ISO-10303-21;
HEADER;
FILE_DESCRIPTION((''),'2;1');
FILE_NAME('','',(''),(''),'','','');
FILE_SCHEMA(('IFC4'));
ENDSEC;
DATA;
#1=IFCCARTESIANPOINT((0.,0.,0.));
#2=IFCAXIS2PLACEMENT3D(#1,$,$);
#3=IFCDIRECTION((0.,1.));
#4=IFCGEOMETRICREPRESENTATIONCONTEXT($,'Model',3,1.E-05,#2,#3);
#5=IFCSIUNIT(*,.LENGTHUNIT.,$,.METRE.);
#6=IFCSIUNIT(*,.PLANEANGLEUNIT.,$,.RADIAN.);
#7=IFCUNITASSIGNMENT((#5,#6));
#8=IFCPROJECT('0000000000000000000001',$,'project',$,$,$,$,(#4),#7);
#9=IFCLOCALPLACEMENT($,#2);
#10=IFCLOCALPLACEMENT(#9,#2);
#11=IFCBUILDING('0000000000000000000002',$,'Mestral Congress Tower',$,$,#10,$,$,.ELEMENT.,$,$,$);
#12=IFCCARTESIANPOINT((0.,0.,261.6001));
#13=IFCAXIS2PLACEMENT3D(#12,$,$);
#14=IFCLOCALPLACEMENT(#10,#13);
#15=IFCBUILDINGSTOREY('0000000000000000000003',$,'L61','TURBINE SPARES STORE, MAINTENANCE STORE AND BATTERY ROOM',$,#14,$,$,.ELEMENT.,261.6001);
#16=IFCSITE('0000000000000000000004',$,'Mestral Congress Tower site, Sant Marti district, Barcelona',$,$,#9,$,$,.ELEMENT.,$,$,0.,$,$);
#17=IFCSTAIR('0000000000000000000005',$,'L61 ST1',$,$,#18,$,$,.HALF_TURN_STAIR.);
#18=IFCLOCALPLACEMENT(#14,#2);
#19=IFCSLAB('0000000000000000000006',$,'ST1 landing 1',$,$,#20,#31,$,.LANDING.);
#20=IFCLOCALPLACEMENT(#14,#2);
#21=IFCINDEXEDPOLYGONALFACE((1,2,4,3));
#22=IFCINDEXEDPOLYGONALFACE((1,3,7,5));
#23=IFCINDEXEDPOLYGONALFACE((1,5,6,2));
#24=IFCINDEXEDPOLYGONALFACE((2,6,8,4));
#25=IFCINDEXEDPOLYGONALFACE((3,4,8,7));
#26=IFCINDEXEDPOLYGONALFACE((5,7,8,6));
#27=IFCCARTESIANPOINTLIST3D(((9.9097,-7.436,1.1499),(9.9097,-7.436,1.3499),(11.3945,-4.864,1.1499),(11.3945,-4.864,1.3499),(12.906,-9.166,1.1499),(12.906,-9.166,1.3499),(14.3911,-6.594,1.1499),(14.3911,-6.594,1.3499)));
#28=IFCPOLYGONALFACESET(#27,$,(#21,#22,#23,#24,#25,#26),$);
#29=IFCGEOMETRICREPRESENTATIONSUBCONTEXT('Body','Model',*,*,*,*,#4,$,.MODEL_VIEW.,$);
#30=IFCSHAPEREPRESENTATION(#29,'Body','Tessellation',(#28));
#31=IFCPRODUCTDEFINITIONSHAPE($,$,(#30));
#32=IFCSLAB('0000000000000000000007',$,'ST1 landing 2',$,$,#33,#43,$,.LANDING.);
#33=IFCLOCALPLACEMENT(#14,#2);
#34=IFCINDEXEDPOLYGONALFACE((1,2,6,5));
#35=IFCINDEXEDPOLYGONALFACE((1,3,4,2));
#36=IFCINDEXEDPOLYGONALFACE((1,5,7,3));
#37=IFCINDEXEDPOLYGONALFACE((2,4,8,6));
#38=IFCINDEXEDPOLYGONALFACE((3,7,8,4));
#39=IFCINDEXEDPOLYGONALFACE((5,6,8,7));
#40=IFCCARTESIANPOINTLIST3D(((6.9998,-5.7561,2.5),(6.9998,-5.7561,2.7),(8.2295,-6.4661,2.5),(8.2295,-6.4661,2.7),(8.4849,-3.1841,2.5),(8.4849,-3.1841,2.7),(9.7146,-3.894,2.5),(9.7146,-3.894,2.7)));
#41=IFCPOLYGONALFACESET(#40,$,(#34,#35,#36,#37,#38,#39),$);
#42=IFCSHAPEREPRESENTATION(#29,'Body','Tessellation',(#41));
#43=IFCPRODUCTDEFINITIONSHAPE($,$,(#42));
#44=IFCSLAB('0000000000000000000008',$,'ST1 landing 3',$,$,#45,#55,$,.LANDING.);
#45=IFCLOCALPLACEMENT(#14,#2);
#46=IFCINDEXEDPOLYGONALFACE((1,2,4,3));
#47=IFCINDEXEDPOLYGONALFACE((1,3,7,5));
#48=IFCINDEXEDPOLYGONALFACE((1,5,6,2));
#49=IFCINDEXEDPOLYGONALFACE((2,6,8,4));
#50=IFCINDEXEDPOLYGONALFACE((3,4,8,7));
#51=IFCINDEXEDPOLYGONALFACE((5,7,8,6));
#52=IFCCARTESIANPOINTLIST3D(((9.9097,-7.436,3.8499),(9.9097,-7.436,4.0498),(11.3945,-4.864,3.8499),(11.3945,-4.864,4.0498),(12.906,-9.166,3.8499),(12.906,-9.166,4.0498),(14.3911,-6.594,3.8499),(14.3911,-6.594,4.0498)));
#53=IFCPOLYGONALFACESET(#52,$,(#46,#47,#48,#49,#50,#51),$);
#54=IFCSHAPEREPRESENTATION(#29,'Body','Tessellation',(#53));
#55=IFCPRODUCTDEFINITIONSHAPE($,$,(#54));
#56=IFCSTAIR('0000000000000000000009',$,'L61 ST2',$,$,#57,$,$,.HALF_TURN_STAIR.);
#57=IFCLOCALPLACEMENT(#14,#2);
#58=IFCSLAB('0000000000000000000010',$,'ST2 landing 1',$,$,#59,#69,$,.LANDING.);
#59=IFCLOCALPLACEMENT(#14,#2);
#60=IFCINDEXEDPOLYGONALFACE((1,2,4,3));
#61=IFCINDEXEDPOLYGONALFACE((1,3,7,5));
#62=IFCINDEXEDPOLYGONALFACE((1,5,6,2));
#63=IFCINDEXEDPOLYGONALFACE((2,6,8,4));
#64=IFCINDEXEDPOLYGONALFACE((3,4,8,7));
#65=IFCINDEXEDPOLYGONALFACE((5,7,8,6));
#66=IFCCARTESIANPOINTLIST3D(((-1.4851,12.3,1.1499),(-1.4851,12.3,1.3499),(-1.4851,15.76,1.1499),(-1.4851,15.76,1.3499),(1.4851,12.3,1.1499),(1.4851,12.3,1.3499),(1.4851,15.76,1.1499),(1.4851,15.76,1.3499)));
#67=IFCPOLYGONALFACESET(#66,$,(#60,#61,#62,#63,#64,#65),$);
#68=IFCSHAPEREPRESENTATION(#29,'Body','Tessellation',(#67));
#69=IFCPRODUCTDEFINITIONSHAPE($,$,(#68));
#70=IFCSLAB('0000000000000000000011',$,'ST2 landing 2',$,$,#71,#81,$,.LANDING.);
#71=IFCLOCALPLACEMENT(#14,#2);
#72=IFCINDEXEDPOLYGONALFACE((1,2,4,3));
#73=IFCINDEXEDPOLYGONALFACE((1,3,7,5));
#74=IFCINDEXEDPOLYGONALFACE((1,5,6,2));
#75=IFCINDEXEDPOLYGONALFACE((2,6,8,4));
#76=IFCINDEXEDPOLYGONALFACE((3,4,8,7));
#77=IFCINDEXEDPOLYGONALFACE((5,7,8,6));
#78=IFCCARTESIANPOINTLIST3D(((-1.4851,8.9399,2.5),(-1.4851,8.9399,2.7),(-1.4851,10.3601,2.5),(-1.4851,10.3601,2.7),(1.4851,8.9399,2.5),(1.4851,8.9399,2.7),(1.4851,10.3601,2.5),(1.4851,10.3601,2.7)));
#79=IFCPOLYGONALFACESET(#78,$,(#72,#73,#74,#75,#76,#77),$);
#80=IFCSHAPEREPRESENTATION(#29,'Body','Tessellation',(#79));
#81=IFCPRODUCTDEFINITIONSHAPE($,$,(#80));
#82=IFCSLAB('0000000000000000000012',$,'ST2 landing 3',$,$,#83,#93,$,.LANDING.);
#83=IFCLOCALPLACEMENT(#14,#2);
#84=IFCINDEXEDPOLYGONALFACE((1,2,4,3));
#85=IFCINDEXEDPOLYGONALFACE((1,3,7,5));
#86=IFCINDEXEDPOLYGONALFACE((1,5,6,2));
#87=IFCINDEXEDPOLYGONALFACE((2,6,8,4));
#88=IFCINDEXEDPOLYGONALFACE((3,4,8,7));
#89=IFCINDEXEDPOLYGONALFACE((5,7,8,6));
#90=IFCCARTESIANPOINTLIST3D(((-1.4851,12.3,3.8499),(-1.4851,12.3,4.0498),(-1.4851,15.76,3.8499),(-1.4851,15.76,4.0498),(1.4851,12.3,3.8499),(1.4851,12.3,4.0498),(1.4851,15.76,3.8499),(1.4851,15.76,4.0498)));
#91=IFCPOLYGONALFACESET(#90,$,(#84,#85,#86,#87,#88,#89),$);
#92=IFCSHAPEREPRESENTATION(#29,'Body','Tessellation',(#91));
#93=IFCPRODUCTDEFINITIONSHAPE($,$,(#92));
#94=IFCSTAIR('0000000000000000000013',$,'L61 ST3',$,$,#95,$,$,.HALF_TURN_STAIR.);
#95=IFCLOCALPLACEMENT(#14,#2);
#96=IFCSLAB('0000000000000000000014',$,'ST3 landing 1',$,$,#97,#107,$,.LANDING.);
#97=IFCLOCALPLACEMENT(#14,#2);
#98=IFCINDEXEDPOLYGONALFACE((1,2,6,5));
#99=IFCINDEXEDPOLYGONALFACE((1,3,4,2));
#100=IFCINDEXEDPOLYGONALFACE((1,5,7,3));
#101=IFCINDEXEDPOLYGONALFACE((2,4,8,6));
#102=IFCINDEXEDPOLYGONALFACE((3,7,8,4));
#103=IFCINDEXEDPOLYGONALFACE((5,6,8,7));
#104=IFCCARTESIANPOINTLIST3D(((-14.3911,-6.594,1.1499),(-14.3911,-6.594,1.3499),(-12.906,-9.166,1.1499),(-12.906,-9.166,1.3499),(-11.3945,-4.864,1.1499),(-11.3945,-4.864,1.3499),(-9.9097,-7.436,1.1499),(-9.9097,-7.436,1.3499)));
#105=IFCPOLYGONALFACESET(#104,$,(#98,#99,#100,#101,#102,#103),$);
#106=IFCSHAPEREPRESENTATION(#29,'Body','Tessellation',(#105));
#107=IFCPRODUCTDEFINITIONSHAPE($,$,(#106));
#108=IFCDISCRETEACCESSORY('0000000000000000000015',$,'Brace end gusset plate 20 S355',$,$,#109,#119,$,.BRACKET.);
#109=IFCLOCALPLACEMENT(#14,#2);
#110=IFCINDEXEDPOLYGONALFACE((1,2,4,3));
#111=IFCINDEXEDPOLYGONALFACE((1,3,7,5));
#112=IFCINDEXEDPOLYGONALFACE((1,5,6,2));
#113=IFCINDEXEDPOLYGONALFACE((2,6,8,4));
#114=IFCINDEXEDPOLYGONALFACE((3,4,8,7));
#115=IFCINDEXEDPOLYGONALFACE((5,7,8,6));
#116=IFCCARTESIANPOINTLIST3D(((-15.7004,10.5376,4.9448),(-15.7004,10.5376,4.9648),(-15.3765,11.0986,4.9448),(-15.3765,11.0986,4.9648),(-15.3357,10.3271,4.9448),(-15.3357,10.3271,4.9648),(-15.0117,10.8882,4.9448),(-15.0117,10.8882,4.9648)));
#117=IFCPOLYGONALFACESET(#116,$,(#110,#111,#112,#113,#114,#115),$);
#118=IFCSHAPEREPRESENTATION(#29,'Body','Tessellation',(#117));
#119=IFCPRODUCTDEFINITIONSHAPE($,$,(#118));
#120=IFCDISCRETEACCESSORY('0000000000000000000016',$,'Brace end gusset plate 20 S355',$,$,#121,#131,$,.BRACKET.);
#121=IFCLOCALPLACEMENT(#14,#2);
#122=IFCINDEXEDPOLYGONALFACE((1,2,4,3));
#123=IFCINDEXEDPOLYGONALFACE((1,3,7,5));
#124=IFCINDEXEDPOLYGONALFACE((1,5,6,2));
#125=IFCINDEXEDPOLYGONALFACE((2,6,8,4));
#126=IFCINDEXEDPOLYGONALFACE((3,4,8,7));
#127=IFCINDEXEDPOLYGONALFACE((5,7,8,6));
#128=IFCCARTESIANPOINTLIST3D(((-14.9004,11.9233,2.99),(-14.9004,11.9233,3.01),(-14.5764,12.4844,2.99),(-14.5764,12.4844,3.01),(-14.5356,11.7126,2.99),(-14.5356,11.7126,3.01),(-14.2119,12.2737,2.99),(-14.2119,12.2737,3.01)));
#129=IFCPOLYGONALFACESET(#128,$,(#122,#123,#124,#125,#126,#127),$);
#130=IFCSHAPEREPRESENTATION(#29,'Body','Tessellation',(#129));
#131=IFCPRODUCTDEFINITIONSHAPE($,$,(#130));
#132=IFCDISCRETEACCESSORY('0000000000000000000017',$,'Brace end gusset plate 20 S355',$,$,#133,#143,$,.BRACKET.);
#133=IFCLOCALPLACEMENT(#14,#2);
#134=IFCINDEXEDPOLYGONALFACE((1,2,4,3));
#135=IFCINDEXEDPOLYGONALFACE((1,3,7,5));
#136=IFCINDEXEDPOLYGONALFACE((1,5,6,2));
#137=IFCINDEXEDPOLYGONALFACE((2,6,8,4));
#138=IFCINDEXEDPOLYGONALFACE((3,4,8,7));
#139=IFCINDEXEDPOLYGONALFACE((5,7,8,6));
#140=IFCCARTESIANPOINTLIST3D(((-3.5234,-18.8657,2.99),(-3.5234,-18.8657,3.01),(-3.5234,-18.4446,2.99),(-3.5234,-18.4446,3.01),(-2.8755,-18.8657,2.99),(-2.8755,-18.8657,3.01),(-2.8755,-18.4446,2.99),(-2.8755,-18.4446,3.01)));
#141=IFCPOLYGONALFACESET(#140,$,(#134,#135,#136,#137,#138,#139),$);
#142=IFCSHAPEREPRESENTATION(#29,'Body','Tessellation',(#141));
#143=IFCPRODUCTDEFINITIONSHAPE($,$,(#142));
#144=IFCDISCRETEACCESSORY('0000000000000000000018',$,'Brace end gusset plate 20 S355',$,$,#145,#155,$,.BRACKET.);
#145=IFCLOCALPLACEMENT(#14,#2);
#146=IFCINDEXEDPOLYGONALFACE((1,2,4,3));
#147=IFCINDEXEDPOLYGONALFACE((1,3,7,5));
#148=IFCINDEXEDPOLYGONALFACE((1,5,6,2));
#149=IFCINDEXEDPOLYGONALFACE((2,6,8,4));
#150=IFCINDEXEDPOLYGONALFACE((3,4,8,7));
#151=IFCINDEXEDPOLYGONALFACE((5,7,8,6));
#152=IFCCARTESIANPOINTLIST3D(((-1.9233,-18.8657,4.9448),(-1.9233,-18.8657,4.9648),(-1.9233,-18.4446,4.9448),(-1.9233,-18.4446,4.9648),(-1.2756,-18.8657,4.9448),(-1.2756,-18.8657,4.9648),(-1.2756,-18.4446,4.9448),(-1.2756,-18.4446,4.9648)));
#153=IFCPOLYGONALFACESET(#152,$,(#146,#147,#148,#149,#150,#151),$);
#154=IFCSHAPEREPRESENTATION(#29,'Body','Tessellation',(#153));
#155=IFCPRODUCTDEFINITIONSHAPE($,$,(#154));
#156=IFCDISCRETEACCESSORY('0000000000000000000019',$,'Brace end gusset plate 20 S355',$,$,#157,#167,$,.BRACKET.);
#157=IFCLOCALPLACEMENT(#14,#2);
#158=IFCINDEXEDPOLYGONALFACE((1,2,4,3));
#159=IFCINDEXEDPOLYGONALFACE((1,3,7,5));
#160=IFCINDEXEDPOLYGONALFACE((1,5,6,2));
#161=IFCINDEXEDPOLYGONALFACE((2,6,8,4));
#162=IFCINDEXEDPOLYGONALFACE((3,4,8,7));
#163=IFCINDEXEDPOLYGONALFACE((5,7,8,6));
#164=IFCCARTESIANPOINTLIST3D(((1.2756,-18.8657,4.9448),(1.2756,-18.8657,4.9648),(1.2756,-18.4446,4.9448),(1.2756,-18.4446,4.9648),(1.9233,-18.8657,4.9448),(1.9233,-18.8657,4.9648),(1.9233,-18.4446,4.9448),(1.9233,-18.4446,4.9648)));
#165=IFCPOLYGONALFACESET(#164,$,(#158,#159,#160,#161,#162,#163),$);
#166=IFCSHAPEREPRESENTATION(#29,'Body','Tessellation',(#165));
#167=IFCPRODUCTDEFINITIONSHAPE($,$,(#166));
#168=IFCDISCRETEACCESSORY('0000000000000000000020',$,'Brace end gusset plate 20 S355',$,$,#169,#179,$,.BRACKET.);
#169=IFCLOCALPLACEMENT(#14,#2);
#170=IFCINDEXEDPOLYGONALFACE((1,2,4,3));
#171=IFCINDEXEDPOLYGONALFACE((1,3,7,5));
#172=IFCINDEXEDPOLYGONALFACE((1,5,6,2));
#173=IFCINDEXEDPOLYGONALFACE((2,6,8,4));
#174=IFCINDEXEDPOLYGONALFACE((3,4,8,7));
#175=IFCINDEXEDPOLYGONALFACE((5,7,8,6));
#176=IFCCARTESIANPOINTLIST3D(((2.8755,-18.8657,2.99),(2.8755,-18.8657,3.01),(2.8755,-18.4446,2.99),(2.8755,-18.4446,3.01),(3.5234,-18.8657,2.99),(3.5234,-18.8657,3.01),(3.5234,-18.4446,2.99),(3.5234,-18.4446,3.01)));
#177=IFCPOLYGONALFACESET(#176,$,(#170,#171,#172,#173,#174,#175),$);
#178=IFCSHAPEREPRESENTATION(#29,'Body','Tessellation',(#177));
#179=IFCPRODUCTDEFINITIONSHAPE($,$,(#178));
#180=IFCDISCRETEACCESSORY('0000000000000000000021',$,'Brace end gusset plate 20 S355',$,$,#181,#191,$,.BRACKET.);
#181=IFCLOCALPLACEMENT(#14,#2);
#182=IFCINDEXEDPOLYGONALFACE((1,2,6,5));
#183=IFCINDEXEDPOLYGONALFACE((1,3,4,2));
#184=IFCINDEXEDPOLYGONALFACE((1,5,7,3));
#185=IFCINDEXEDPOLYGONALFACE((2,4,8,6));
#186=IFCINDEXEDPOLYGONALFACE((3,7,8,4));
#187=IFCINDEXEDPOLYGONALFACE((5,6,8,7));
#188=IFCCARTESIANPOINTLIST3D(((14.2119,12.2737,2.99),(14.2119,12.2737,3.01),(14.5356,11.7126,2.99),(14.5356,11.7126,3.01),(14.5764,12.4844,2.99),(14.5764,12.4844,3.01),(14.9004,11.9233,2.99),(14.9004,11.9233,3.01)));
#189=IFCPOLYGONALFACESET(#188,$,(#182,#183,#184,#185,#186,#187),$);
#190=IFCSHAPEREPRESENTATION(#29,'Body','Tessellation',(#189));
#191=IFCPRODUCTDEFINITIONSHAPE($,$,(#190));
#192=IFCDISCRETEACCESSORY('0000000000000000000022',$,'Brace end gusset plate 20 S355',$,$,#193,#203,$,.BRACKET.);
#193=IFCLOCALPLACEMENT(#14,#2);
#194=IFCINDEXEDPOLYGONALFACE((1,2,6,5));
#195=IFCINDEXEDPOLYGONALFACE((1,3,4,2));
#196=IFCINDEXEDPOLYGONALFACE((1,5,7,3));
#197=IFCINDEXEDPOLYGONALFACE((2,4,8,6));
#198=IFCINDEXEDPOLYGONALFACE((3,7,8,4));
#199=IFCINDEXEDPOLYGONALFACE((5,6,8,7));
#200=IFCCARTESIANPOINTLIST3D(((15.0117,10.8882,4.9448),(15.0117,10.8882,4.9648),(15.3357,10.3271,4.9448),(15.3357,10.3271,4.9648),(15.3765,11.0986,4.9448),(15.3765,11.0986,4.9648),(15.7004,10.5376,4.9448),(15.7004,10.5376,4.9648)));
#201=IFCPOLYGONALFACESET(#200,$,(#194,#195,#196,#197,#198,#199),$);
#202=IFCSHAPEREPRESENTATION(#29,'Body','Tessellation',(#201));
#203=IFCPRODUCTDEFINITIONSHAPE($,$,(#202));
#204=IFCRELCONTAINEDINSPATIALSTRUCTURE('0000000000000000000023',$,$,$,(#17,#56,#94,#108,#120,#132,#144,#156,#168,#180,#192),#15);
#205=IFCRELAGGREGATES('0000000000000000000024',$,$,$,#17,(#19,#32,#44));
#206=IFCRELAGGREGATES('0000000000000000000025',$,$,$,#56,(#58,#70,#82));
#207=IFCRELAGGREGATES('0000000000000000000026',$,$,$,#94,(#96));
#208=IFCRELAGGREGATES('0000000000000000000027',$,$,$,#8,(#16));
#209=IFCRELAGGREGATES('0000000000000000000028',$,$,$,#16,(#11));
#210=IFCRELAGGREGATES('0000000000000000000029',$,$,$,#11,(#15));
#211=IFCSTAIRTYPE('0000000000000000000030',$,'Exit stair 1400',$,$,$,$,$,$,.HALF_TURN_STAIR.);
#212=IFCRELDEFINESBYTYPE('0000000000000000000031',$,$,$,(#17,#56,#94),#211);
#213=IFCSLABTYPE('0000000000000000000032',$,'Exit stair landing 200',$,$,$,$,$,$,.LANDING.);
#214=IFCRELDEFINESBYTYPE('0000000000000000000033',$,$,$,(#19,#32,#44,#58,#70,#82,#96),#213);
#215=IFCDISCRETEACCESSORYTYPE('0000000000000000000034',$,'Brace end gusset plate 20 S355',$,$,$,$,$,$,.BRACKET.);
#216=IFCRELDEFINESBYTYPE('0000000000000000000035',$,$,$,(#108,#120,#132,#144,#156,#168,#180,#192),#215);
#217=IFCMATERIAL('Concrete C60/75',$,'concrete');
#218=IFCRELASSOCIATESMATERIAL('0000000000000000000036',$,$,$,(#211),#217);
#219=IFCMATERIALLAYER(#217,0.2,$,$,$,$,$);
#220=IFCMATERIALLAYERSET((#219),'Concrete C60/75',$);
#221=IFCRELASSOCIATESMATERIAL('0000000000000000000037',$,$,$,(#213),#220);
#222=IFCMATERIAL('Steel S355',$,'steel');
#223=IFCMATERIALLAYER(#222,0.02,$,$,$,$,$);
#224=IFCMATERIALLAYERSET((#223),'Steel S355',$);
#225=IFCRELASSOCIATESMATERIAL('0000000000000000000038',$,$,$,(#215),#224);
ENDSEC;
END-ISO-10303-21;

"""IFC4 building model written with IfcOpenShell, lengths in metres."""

from ifc_helpers import new_model, si_unit, direction, frame, origin, place, context, subcontext, project, spatial, polyline, outline, extrude, material, layer, layer_set, type_object, element, aggregate, save


model = new_model("IFC4")

# Units and contexts
model_context = context("Model", 3, precision=1e-05, world=origin(), true_north=direction((0.0, 1.0)))
body_context = subcontext(model_context, "Body", "Model", "MODEL_VIEW")
ifc_project = project(units=[si_unit("LENGTHUNIT", "METRE"), si_unit("PLANEANGLEUNIT", "RADIAN")], contexts=[model_context])

# Site, building, storey
site_placement = place(None, origin())
site = spatial("IfcSite", under=ifc_project, at=site_placement, Name="Mestral Congress Tower site, Sant Marti district, Barcelona", CompositionType="ELEMENT", RefElevation=0.0)
building_placement = place(site_placement, origin())
building = spatial("IfcBuilding", under=site, at=building_placement, Name="Mestral Congress Tower", CompositionType="ELEMENT")
storey_placement = place(building_placement, frame((0.0, 0.0, 261.6001)))
storey = spatial("IfcBuildingStorey", under=building, at=storey_placement, Name="L61", Description="TURBINE SPARES STORE, MAINTENANCE STORE AND BATTERY ROOM", CompositionType="ELEMENT", Elevation=261.6001)

# Stairs, slabs
ifc_material_1 = material(Name="Concrete C60/75", Category="concrete")
stair_type = type_object("IfcStairType", Name="Exit stair 1400", PredefinedType="HALF_TURN_STAIR", material=ifc_material_1)
placement_1 = place(storey_placement, origin())
stair_1 = element("IfcStair", 1, at=placement_1, inside=storey, type_object=stair_type, Name="L61 ST1", PredefinedType="HALF_TURN_STAIR")
ifc_layer_1 = layer(ifc_material_1, 0.2)
ifc_layer_set_1 = layer_set([ifc_layer_1], Name="Concrete C60/75")
slab_type = type_object("IfcSlabType", Name="Exit stair landing 200", PredefinedType="LANDING", material=ifc_layer_set_1)
placement_2 = place(storey_placement, frame((0.0, 0.0, 1.1499)))
slab_1 = element("IfcSlab", 2, at=placement_2, type_object=slab_type, Name="ST1 landing 1", PredefinedType="LANDING", context=body_context, shape_type="SweptSolid", body=[
    extrude(outline(polyline([(9.9097, -7.436), (11.3945, -4.864), (14.3911, -6.594), (12.906, -9.166), (9.9097, -7.436)])), origin(), (0.0, 0.0, 1.0), 0.2),
])
placement_3 = place(storey_placement, frame((0.0, 0.0, 2.5)))
slab_2 = element("IfcSlab", 3, at=placement_3, type_object=slab_type, Name="ST1 landing 2", PredefinedType="LANDING", context=body_context, shape_type="SweptSolid", body=[
    extrude(outline(polyline([(6.9998, -5.7561), (8.4849, -3.1841), (9.7146, -3.894), (8.2295, -6.4661), (6.9998, -5.7561)])), origin(), (0.0, 0.0, 1.0), 0.2),
])
placement_4 = place(storey_placement, frame((0.0, 0.0, 3.8499)))
slab_3 = element("IfcSlab", 4, at=placement_4, type_object=slab_type, Name="ST1 landing 3", PredefinedType="LANDING", context=body_context, shape_type="SweptSolid", body=[
    extrude(outline(polyline([(9.9097, -7.436), (11.3945, -4.864), (14.3911, -6.594), (12.906, -9.166), (9.9097, -7.436)])), origin(), (0.0, 0.0, 1.0), 0.2),
])
aggregate(stair_1, [slab_1, slab_2, slab_3])
stair_2 = element("IfcStair", 5, at=placement_1, inside=storey, type_object=stair_type, Name="L61 ST2", PredefinedType="HALF_TURN_STAIR")
slab_4 = element("IfcSlab", 6, at=placement_2, type_object=slab_type, Name="ST2 landing 1", PredefinedType="LANDING", context=body_context, shape_type="SweptSolid", body=[
    extrude(outline(polyline([(1.4851, 12.3), (-1.4851, 12.3), (-1.4851, 15.76), (1.4851, 15.76), (1.4851, 12.3)])), origin(), (0.0, 0.0, 1.0), 0.2),
])
slab_5 = element("IfcSlab", 7, at=placement_3, type_object=slab_type, Name="ST2 landing 2", PredefinedType="LANDING", context=body_context, shape_type="SweptSolid", body=[
    extrude(outline(polyline([(1.4851, 8.9399), (-1.4851, 8.9399), (-1.4851, 10.3601), (1.4851, 10.3601), (1.4851, 8.9399)])), origin(), (0.0, 0.0, 1.0), 0.2),
])
slab_6 = element("IfcSlab", 8, at=placement_4, type_object=slab_type, Name="ST2 landing 3", PredefinedType="LANDING", context=body_context, shape_type="SweptSolid", body=[
    extrude(outline(polyline([(1.4851, 12.3), (-1.4851, 12.3), (-1.4851, 15.76), (1.4851, 15.76), (1.4851, 12.3)])), origin(), (0.0, 0.0, 1.0), 0.2),
])
aggregate(stair_2, [slab_4, slab_5, slab_6])

# Stair, slab
stair_3 = element("IfcStair", 9, at=placement_1, inside=storey, type_object=stair_type, Name="L61 ST3", PredefinedType="HALF_TURN_STAIR")
slab_7 = element("IfcSlab", 10, at=placement_2, type_object=slab_type, Name="ST3 landing 1", PredefinedType="LANDING", context=body_context, shape_type="SweptSolid", body=[
    extrude(outline(polyline([(-11.3945, -4.864), (-9.9097, -7.436), (-12.906, -9.166), (-14.3911, -6.594), (-11.3945, -4.864)])), origin(), (0.0, 0.0, 1.0), 0.2),
])
aggregate(stair_3, [slab_7])

# Discrete accessories
ifc_material_2 = material(Name="Steel S355", Category="steel")
ifc_layer_2 = layer(ifc_material_2, 0.02)
ifc_layer_set_2 = layer_set([ifc_layer_2], Name="Steel S355")
discrete_accessory_type = type_object("IfcDiscreteAccessoryType", Name="Brace end gusset plate 20 S355", PredefinedType="BRACKET", material=ifc_layer_set_2)
placement_5 = place(storey_placement, frame((0.0, 0.0, 4.9448)))
element("IfcDiscreteAccessory", 11, at=placement_5, inside=storey, type_object=discrete_accessory_type, Name="Brace end gusset plate 20 S355", PredefinedType="BRACKET", context=body_context, shape_type="SweptSolid", body=[
    extrude(outline(polyline([(-15.3357, 10.3271), (-15.0117, 10.8882), (-15.3765, 11.0986), (-15.7004, 10.5376), (-15.3357, 10.3271)])), origin(), (0.0, 0.0, 1.0), 0.02),
])
placement_6 = place(storey_placement, frame((0.0, 0.0, 2.99)))
element("IfcDiscreteAccessory", 12, at=placement_6, inside=storey, type_object=discrete_accessory_type, Name="Brace end gusset plate 20 S355", PredefinedType="BRACKET", context=body_context, shape_type="SweptSolid", body=[
    extrude(outline(polyline([(-14.5764, 12.4844), (-14.9004, 11.9233), (-14.5356, 11.7126), (-14.2119, 12.2737), (-14.5764, 12.4844)])), origin(), (0.0, 0.0, 1.0), 0.02),
])
element("IfcDiscreteAccessory", 13, at=placement_6, inside=storey, type_object=discrete_accessory_type, Name="Brace end gusset plate 20 S355", PredefinedType="BRACKET", context=body_context, shape_type="SweptSolid", body=[
    extrude(outline(polyline([(-3.5234, -18.8657), (-2.8755, -18.8657), (-2.8755, -18.4446), (-3.5234, -18.4446), (-3.5234, -18.8657)])), origin(), (0.0, 0.0, 1.0), 0.02),
])
element("IfcDiscreteAccessory", 14, at=placement_5, inside=storey, type_object=discrete_accessory_type, Name="Brace end gusset plate 20 S355", PredefinedType="BRACKET", context=body_context, shape_type="SweptSolid", body=[
    extrude(outline(polyline([(-1.2756, -18.4446), (-1.9233, -18.4446), (-1.9233, -18.8657), (-1.2756, -18.8657), (-1.2756, -18.4446)])), origin(), (0.0, 0.0, 1.0), 0.02),
])
element("IfcDiscreteAccessory", 15, at=placement_5, inside=storey, type_object=discrete_accessory_type, Name="Brace end gusset plate 20 S355", PredefinedType="BRACKET", context=body_context, shape_type="SweptSolid", body=[
    extrude(outline(polyline([(1.2756, -18.8657), (1.9233, -18.8657), (1.9233, -18.4446), (1.2756, -18.4446), (1.2756, -18.8657)])), origin(), (0.0, 0.0, 1.0), 0.02),
])
element("IfcDiscreteAccessory", 16, at=placement_6, inside=storey, type_object=discrete_accessory_type, Name="Brace end gusset plate 20 S355", PredefinedType="BRACKET", context=body_context, shape_type="SweptSolid", body=[
    extrude(outline(polyline([(3.5234, -18.4446), (2.8755, -18.4446), (2.8755, -18.8657), (3.5234, -18.8657), (3.5234, -18.4446)])), origin(), (0.0, 0.0, 1.0), 0.02),
])
element("IfcDiscreteAccessory", 17, at=placement_6, inside=storey, type_object=discrete_accessory_type, Name="Brace end gusset plate 20 S355", PredefinedType="BRACKET", context=body_context, shape_type="SweptSolid", body=[
    extrude(outline(polyline([(14.2119, 12.2737), (14.5356, 11.7126), (14.9004, 11.9233), (14.5764, 12.4844), (14.2119, 12.2737)])), origin(), (0.0, 0.0, 1.0), 0.02),
])
element("IfcDiscreteAccessory", 18, at=placement_5, inside=storey, type_object=discrete_accessory_type, Name="Brace end gusset plate 20 S355", PredefinedType="BRACKET", context=body_context, shape_type="SweptSolid", body=[
    extrude(outline(polyline([(15.7004, 10.5376), (15.3765, 11.0986), (15.0117, 10.8882), (15.3357, 10.3271), (15.7004, 10.5376)])), origin(), (0.0, 0.0, 1.0), 0.02),
])

save(model, "model.ifc")
